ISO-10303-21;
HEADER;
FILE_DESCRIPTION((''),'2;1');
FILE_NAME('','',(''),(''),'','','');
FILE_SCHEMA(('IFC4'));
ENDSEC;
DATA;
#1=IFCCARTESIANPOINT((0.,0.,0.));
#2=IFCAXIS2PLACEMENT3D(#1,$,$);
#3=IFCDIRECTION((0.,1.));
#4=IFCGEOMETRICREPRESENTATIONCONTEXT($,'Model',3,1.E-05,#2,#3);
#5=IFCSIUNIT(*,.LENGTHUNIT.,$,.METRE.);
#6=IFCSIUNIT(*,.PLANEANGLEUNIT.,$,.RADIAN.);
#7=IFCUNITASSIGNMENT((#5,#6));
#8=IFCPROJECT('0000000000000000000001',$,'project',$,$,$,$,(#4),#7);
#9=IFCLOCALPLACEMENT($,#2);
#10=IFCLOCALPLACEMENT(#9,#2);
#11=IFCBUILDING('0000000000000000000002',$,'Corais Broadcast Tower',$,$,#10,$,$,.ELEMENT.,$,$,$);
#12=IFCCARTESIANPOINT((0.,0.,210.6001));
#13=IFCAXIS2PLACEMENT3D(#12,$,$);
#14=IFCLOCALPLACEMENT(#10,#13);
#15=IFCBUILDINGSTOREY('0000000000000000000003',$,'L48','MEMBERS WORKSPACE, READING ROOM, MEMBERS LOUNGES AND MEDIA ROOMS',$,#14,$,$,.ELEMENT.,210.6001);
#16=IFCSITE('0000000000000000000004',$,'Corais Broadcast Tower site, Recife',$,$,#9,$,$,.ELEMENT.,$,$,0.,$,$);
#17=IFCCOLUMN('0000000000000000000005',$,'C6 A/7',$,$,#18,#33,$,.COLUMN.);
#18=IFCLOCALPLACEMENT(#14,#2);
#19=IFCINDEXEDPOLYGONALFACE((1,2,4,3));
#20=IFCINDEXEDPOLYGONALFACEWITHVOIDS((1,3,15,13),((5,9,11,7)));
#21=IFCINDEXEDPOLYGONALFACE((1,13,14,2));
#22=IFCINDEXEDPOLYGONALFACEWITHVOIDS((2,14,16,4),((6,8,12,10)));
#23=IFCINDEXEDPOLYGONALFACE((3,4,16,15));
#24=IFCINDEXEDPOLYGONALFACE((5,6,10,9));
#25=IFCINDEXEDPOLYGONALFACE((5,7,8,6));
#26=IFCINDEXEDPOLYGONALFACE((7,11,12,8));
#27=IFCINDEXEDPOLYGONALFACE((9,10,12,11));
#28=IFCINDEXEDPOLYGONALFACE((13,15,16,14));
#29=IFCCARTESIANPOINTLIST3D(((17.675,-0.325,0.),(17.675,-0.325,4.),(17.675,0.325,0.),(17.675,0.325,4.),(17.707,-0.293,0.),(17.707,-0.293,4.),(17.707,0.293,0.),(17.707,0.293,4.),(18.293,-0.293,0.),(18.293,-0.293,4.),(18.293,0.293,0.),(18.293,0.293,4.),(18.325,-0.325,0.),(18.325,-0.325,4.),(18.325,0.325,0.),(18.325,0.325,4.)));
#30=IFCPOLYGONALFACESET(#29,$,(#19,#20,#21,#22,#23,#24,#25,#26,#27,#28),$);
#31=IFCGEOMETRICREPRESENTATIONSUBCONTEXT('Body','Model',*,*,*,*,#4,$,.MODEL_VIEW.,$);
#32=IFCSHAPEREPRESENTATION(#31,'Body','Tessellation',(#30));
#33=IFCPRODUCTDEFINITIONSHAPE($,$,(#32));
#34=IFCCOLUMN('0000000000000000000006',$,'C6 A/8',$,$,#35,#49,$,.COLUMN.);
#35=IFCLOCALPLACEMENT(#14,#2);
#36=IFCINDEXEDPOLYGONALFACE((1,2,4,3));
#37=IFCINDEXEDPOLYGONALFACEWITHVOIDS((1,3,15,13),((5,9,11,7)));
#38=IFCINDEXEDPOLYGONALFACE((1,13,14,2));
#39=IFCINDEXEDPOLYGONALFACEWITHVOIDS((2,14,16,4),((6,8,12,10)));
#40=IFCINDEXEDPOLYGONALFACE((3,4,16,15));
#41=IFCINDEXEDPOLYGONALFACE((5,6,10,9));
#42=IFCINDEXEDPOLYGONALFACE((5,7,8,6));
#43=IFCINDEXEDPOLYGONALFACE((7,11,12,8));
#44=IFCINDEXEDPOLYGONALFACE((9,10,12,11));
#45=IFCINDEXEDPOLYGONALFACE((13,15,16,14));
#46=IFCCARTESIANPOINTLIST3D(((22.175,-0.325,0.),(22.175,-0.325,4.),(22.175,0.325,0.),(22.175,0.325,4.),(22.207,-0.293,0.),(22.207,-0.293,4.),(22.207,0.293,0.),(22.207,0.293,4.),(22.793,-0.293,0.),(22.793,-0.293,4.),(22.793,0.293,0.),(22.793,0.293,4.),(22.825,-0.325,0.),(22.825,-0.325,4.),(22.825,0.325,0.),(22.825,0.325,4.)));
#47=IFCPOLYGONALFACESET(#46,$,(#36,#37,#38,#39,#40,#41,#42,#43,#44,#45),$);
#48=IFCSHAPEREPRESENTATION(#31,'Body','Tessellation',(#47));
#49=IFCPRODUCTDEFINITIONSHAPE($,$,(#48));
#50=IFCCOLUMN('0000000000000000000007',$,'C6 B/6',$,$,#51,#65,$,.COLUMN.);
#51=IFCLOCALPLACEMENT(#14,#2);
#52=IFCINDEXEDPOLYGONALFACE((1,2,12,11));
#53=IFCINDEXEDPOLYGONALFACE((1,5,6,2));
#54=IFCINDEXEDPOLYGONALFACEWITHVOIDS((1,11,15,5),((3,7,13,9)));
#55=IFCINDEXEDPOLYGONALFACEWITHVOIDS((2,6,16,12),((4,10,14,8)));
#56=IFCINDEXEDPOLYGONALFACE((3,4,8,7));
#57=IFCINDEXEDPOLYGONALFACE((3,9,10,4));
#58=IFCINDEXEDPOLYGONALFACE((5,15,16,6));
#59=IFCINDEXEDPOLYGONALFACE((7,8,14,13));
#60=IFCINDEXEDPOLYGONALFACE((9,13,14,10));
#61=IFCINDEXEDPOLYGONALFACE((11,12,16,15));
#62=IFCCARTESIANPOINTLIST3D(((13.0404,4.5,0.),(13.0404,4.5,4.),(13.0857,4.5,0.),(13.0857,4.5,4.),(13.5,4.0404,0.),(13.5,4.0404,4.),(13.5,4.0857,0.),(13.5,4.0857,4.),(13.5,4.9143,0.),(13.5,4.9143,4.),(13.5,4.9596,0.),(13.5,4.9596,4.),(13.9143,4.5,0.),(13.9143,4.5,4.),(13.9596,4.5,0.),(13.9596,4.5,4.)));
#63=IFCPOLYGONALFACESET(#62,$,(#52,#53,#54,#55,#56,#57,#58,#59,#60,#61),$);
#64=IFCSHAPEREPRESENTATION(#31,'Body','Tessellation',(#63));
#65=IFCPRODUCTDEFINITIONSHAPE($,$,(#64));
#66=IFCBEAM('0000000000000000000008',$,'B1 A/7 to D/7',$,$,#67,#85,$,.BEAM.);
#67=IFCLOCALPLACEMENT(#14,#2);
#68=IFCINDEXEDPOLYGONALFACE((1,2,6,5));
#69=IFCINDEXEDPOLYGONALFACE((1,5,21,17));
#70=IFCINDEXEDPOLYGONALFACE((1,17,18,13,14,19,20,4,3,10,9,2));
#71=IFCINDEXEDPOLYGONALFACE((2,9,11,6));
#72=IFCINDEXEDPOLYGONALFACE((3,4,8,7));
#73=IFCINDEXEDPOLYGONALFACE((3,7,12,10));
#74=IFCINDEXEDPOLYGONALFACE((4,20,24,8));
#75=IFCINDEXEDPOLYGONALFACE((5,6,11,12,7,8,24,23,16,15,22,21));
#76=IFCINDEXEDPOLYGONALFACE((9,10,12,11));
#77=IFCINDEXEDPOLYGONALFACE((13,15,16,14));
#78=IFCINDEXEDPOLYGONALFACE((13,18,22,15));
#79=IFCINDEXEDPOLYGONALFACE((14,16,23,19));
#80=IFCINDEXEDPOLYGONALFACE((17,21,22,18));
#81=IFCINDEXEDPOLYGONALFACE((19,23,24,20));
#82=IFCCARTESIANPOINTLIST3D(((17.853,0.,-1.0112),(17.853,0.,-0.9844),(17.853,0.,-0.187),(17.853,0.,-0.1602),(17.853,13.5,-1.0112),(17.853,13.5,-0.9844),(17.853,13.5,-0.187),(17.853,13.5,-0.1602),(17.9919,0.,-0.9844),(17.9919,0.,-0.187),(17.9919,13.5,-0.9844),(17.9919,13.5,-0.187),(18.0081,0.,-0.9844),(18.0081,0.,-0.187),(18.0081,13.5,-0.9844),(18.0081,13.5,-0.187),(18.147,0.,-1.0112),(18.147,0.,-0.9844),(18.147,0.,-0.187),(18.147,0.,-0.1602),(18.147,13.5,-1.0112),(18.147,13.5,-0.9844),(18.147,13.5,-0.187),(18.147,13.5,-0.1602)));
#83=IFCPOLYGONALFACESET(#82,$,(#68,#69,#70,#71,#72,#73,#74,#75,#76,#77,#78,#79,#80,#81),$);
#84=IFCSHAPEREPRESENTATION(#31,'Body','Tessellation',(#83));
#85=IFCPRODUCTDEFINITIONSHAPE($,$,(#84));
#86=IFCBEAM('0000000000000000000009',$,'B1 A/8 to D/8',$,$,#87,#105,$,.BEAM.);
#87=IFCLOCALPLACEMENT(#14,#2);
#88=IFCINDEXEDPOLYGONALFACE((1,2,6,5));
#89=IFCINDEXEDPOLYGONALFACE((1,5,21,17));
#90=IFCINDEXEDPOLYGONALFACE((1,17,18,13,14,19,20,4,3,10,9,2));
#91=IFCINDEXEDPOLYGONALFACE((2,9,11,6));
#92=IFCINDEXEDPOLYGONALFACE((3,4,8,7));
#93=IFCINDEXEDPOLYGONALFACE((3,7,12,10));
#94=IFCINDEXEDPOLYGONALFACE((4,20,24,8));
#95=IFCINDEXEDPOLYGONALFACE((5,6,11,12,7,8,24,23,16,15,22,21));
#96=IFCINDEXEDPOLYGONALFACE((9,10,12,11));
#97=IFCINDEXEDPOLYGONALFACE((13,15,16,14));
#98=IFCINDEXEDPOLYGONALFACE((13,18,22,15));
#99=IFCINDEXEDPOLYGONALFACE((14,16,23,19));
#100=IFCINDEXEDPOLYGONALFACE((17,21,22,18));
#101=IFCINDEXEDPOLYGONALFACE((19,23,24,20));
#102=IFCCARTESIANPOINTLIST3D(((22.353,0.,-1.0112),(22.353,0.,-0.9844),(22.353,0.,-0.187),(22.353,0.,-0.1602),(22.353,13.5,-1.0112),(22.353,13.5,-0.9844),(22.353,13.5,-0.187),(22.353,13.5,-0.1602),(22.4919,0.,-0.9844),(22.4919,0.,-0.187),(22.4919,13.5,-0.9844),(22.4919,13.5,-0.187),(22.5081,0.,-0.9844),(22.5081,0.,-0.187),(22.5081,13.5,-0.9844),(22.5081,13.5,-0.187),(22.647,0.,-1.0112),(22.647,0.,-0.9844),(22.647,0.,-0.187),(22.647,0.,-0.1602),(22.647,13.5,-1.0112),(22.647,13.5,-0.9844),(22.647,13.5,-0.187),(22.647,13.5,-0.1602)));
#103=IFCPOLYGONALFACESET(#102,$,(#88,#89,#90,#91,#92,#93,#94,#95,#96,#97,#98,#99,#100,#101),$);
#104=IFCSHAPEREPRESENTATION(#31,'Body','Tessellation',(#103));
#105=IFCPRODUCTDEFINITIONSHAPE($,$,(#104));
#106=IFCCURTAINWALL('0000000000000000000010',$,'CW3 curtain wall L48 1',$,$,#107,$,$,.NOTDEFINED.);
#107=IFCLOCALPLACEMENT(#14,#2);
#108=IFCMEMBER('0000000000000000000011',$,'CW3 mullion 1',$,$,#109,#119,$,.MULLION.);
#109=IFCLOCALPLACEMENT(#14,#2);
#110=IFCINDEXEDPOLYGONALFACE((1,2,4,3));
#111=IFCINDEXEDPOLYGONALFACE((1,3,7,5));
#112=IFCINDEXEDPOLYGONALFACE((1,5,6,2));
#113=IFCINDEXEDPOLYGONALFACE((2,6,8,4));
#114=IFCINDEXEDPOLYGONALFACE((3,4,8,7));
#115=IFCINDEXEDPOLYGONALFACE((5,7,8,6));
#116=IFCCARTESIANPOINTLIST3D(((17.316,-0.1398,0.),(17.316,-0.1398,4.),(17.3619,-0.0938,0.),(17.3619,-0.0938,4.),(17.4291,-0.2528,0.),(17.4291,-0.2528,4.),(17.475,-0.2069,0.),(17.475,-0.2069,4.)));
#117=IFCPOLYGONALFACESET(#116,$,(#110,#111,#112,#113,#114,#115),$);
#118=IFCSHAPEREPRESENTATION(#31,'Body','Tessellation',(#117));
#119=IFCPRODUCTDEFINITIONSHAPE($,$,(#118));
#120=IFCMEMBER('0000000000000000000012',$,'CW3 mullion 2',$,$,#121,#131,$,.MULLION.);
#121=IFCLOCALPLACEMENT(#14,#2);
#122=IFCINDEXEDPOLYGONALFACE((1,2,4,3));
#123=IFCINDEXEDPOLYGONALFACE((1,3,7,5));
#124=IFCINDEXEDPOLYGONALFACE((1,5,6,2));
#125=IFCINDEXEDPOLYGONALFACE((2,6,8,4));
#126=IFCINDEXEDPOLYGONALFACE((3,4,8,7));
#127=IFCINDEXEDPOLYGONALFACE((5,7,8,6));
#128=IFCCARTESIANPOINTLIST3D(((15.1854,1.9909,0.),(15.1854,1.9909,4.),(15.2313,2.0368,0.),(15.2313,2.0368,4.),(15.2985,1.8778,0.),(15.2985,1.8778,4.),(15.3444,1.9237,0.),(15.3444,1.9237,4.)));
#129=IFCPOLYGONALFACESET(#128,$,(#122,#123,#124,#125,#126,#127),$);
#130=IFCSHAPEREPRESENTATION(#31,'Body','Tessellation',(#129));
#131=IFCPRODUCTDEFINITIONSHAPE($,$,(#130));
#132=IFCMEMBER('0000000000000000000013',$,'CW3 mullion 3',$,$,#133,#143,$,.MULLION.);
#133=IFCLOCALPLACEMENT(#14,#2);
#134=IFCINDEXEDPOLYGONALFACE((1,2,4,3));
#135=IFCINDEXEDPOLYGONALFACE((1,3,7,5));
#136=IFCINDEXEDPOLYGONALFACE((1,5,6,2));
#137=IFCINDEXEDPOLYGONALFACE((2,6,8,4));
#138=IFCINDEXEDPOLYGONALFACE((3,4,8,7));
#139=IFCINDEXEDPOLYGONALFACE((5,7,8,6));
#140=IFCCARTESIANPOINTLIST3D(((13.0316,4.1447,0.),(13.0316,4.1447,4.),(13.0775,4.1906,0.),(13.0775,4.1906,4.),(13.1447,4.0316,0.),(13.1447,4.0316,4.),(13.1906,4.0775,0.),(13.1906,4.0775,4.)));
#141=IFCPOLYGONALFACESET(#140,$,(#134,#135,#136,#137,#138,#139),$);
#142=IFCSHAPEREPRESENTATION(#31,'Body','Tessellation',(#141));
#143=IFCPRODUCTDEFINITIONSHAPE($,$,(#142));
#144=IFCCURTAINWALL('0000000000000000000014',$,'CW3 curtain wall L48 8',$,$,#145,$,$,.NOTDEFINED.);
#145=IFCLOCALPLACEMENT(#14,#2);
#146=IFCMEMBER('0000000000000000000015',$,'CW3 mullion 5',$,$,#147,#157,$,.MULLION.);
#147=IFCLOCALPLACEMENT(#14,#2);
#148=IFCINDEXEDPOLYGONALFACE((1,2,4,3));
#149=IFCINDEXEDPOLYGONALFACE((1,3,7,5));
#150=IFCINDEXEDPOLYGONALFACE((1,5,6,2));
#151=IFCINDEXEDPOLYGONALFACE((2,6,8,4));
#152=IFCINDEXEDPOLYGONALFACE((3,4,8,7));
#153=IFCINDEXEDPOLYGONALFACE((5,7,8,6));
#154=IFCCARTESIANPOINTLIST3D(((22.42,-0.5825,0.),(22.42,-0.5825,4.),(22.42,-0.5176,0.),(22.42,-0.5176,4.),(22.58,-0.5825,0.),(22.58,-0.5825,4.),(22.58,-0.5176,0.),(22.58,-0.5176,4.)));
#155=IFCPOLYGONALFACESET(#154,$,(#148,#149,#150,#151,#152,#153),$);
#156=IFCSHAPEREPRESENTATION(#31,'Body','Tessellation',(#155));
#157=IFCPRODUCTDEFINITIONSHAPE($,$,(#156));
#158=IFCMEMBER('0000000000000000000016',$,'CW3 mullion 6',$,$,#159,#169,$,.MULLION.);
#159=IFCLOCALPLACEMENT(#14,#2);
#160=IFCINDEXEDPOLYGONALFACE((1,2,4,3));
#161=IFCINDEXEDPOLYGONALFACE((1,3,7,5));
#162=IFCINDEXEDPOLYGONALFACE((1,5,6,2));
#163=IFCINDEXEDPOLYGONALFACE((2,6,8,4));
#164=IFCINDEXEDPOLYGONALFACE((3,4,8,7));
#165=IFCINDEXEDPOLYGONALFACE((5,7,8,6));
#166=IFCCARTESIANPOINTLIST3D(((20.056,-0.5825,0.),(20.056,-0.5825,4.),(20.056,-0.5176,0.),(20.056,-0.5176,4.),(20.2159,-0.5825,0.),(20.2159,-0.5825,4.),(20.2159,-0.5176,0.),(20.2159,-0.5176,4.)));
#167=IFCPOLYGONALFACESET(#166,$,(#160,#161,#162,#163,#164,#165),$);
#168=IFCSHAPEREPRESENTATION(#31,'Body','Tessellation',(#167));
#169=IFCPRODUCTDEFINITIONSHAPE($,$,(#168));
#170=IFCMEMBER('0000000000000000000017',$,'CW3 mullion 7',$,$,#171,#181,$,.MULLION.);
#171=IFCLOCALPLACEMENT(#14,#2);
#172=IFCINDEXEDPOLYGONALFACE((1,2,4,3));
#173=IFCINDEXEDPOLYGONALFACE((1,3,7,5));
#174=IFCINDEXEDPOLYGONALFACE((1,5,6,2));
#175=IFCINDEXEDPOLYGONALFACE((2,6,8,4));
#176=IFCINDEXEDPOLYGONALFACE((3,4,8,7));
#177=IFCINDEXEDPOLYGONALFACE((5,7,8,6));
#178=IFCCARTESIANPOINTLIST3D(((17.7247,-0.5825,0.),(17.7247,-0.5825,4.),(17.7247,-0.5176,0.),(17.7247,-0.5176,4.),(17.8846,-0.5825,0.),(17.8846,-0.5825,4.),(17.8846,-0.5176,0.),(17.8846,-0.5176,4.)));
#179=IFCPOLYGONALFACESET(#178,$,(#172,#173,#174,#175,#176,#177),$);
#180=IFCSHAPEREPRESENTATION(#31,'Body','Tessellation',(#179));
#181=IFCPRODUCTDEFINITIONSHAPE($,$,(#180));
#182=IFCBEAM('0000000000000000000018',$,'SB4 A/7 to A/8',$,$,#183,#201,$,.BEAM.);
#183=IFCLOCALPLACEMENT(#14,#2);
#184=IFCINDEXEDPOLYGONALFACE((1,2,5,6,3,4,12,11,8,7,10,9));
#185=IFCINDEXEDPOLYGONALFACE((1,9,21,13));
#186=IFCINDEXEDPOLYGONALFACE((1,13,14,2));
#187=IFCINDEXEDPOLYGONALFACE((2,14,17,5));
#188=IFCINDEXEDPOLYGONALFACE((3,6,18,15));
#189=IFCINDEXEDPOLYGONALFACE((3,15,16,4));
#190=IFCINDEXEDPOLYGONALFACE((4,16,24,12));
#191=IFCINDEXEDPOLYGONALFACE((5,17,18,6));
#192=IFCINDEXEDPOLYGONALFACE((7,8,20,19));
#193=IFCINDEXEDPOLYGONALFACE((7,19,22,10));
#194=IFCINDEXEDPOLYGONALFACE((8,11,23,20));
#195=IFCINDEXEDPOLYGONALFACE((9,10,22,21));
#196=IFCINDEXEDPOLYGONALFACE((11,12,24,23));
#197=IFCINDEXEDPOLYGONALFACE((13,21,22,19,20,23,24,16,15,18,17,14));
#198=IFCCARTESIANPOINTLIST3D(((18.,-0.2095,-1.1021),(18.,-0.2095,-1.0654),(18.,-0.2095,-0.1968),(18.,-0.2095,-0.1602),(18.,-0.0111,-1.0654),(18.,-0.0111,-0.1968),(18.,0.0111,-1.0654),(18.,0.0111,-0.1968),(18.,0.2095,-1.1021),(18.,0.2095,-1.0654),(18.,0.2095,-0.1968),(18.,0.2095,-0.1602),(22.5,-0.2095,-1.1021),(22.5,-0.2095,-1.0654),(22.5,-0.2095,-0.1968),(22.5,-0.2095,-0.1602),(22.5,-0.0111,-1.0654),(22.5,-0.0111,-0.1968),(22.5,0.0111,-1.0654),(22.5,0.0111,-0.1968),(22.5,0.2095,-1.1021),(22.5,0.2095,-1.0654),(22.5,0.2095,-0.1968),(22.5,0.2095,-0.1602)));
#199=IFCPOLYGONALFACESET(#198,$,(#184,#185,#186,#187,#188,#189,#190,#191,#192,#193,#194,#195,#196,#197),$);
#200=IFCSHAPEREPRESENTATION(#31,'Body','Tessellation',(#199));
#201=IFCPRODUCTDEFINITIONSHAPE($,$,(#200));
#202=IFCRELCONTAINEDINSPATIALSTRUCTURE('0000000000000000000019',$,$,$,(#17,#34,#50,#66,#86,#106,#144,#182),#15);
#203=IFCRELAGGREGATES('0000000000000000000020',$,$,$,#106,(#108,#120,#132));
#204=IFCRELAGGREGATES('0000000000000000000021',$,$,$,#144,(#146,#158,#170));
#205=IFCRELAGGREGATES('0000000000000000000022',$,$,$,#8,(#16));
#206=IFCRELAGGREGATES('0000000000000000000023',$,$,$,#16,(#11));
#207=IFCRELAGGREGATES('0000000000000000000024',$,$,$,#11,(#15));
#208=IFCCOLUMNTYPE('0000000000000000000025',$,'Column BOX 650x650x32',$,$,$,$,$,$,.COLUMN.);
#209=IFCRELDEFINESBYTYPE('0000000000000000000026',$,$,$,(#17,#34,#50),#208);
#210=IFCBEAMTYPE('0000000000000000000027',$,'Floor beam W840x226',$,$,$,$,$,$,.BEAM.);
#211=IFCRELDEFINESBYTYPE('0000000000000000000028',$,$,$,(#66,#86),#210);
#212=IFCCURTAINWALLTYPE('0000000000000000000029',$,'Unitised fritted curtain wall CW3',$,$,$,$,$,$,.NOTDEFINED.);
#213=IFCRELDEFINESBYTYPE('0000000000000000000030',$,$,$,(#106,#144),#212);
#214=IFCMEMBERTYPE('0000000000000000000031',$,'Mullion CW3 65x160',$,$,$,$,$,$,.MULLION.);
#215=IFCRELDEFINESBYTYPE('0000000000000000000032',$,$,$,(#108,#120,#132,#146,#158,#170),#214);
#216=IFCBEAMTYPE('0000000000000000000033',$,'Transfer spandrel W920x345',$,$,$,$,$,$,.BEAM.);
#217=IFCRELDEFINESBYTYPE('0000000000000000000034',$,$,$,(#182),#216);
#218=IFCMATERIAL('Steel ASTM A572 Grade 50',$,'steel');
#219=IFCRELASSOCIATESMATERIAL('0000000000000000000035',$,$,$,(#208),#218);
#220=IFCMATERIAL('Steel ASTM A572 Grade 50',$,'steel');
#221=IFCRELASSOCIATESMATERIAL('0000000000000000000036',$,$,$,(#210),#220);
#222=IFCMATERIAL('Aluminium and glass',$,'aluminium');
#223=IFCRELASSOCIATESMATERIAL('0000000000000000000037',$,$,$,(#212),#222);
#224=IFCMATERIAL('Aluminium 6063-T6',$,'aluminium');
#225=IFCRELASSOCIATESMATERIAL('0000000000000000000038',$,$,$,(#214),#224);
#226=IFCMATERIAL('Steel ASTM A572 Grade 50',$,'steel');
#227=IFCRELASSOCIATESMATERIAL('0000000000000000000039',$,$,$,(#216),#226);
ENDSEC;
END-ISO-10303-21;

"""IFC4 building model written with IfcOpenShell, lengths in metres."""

from ifc_helpers import new_model, si_unit, direction, frame, origin, origin_2d, place, context, subcontext, project, spatial, rectangle, hollow_rectangle, i_section, extrude, material, material_profile, profile_set, type_object, element, aggregate, save


model = new_model("IFC4")

# Units and contexts
model_context = context("Model", 3, precision=1e-05, world=origin(), true_north=direction((0.0, 1.0)))
body_context = subcontext(model_context, "Body", "Model", "MODEL_VIEW")
ifc_project = project(units=[si_unit("LENGTHUNIT", "METRE"), si_unit("PLANEANGLEUNIT", "RADIAN")], contexts=[model_context])

# Site, building, storey
site_placement = place(None, origin())
site = spatial("IfcSite", under=ifc_project, at=site_placement, Name="Corais Broadcast Tower site, Recife", CompositionType="ELEMENT", RefElevation=0.0)
building_placement = place(site_placement, origin())
building = spatial("IfcBuilding", under=site, at=building_placement, Name="Corais Broadcast Tower", CompositionType="ELEMENT")
storey_placement = place(building_placement, frame((0.0, 0.0, 210.6001)))
storey = spatial("IfcBuildingStorey", under=building, at=storey_placement, Name="L48", Description="MEMBERS WORKSPACE, READING ROOM, MEMBERS LOUNGES AND MEDIA ROOMS", CompositionType="ELEMENT", Elevation=210.6001)

# Columns
ifc_material_1 = material(Name="Steel ASTM A572 Grade 50", Category="steel")
ifc_material_profile_1 = material_profile(ifc_material_1, hollow_rectangle(XDim=0.6499, YDim=0.6499, WallThickness=0.032, at=origin_2d()), Name="BOX 650x650x32")
ifc_profile_set_1 = profile_set([ifc_material_profile_1], Name="Steel ASTM A572 Grade 50")
column_type = type_object("IfcColumnType", Name="Column BOX 650x650x32", PredefinedType="COLUMN", material=ifc_profile_set_1)
for number, where, z_axis, x_axis, name in (
    (1, (18.0, 0.0, 0.0), (0.0, 0.0, 1.0), (1.0, 0.0, 0.0), "C6 A/7"),
    (2, (22.5, 0.0, 0.0), (0.0, 0.0, 1.0), (1.0, 0.0, 0.0), "C6 A/8"),
    (3, (13.5, 4.5, 0.0), (0.0, 0.0, 1.0), (0.707107, 0.707107, 0.0), "C6 B/6"),
):
    element("IfcColumn", number, at=place(storey_placement, frame(where, z_axis=z_axis, x_axis=x_axis)), inside=storey, type_object=column_type, Name=name, PredefinedType="COLUMN", context=body_context, shape_type="SweptSolid", body=[
        extrude(hollow_rectangle(XDim=0.6499, YDim=0.6499, WallThickness=0.032, at=origin_2d()), origin(), (0.0, 0.0, 1.0), 4.0),
    ])

# Beams
ifc_material_2 = material(Name="Steel ASTM A572 Grade 50", Category="steel")
ifc_material_profile_2 = material_profile(ifc_material_2, i_section(OverallWidth=0.2939, OverallDepth=0.8511, WebThickness=0.0161, FlangeThickness=0.0269, at=origin_2d()), Name="W840x226")
ifc_profile_set_2 = profile_set([ifc_material_profile_2], Name="Steel ASTM A572 Grade 50")
beam_type_1 = type_object("IfcBeamType", Name="Floor beam W840x226", PredefinedType="BEAM", material=ifc_profile_set_2)
for number, where, z_axis, x_axis, name in (
    (4, (18.0, 0.0, -0.5857), (0.0, 1.0, 0.0), (-1.0, 0.0, 0.0), "B1 A/7 to D/7"),
    (5, (22.5, 0.0, -0.5857), (0.0, 1.0, 0.0), (-1.0, 0.0, 0.0), "B1 A/8 to D/8"),
):
    element("IfcBeam", number, at=place(storey_placement, frame(where, z_axis=z_axis, x_axis=x_axis)), inside=storey, type_object=beam_type_1, Name=name, PredefinedType="BEAM", context=body_context, shape_type="SweptSolid", body=[
        extrude(i_section(OverallWidth=0.2939, OverallDepth=0.8511, WebThickness=0.0161, FlangeThickness=0.0269, at=origin_2d()), origin(), (0.0, 0.0, 1.0), 13.5),
    ])

# Curtain walls, members
ifc_material_3 = material(Name="Aluminium and glass", Category="aluminium")
curtain_wall_type = type_object("IfcCurtainWallType", Name="Unitised fritted curtain wall CW3", PredefinedType="NOTDEFINED", material=ifc_material_3)
curtain_wall_1_placement = place(storey_placement, origin())
curtain_wall_1 = element("IfcCurtainWall", 6, at=curtain_wall_1_placement, inside=storey, type_object=curtain_wall_type, Name="CW3 curtain wall L48 1", PredefinedType="NOTDEFINED")
ifc_material_4 = material(Name="Aluminium 6063-T6", Category="aluminium")
ifc_material_profile_3 = material_profile(ifc_material_4, rectangle(XDim=0.0649, YDim=0.1599, at=origin_2d()), Name="Mullion CW3 65x160")
ifc_profile_set_3 = profile_set([ifc_material_profile_3], Name="Aluminium 6063-T6")
member_type_1 = type_object("IfcMemberType", Name="Mullion CW3 65x160", PredefinedType="MULLION", material=ifc_profile_set_3)
member_1_placement = place(storey_placement, frame((17.3955, -0.1733, 0.0), z_axis=(0.0, 0.0, 1.0), x_axis=(-0.707107, -0.707107, 0.0)))
member_1 = element("IfcMember", 7, at=member_1_placement, type_object=member_type_1, Name="CW3 mullion 1", PredefinedType="MULLION", context=body_context, shape_type="SweptSolid", body=[
    extrude(rectangle(XDim=0.0649, YDim=0.1599, at=origin_2d()), origin(), (0.0, 0.0, 1.0), 4.0),
])
member_2_placement = place(storey_placement, frame((15.2649, 1.9573, 0.0), z_axis=(0.0, 0.0, 1.0), x_axis=(-0.707107, -0.707107, 0.0)))
member_2 = element("IfcMember", 8, at=member_2_placement, type_object=member_type_1, Name="CW3 mullion 2", PredefinedType="MULLION", context=body_context, shape_type="SweptSolid", body=[
    extrude(rectangle(XDim=0.0649, YDim=0.1599, at=origin_2d()), origin(), (0.0, 0.0, 1.0), 4.0),
])
member_3_placement = place(storey_placement, frame((13.1111, 4.1111, 0.0), z_axis=(0.0, 0.0, 1.0), x_axis=(-0.707107, -0.707107, 0.0)))
member_3 = element("IfcMember", 9, at=member_3_placement, type_object=member_type_1, Name="CW3 mullion 3", PredefinedType="MULLION", context=body_context, shape_type="SweptSolid", body=[
    extrude(rectangle(XDim=0.0649, YDim=0.1599, at=origin_2d()), origin(), (0.0, 0.0, 1.0), 4.0),
])
curtain_wall_2_placement = place(storey_placement, origin())
curtain_wall_2 = element("IfcCurtainWall", 10, at=curtain_wall_2_placement, inside=storey, type_object=curtain_wall_type, Name="CW3 curtain wall L48 8", PredefinedType="NOTDEFINED")
member_4_placement = place(storey_placement, frame((22.5, -0.55, 0.0), z_axis=(0.0, 0.0, 1.0), x_axis=(0.0, -1.0, 0.0)))
member_4 = element("IfcMember", 11, at=member_4_placement, type_object=member_type_1, Name="CW3 mullion 5", PredefinedType="MULLION", context=body_context, shape_type="SweptSolid", body=[
    extrude(rectangle(XDim=0.0649, YDim=0.1599, at=origin_2d()), origin(), (0.0, 0.0, 1.0), 4.0),
])
member_5_placement = place(storey_placement, frame((20.136, -0.55, 0.0), z_axis=(0.0, 0.0, 1.0), x_axis=(0.0, -1.0, 0.0)))
member_5 = element("IfcMember", 12, at=member_5_placement, type_object=member_type_1, Name="CW3 mullion 6", PredefinedType="MULLION", context=body_context, shape_type="SweptSolid", body=[
    extrude(rectangle(XDim=0.0649, YDim=0.1599, at=origin_2d()), origin(), (0.0, 0.0, 1.0), 4.0),
])
member_6_placement = place(storey_placement, frame((17.8047, -0.55, 0.0), z_axis=(0.0, 0.0, 1.0), x_axis=(0.0, -1.0, 0.0)))
member_6 = element("IfcMember", 13, at=member_6_placement, type_object=member_type_1, Name="CW3 mullion 7", PredefinedType="MULLION", context=body_context, shape_type="SweptSolid", body=[
    extrude(rectangle(XDim=0.0649, YDim=0.1599, at=origin_2d()), origin(), (0.0, 0.0, 1.0), 4.0),
])

# Beam
ifc_material_5 = material(Name="Steel ASTM A572 Grade 50", Category="steel")
ifc_material_profile_4 = material_profile(ifc_material_5, i_section(OverallWidth=0.4189, OverallDepth=0.9419, WebThickness=0.0222, FlangeThickness=0.0366, at=origin_2d()), Name="W920x345")
ifc_profile_set_4 = profile_set([ifc_material_profile_4], Name="Steel ASTM A572 Grade 50")
beam_type_2 = type_object("IfcBeamType", Name="Transfer spandrel W920x345", PredefinedType="BEAM", material=ifc_profile_set_4)
for number, where, z_axis, x_axis, name in (
    (14, (18.0, 0.0, -0.6311), (1.0, 0.0, 0.0), (0.0, 1.0, 0.0), "SB4 A/7 to A/8"),
):
    element("IfcBeam", number, at=place(storey_placement, frame(where, z_axis=z_axis, x_axis=x_axis)), inside=storey, type_object=beam_type_2, Name=name, PredefinedType="BEAM", context=body_context, shape_type="SweptSolid", body=[
        extrude(i_section(OverallWidth=0.4189, OverallDepth=0.9419, WebThickness=0.0222, FlangeThickness=0.0366, at=origin_2d()), origin(), (0.0, 0.0, 1.0), 4.5),
    ])

aggregate(curtain_wall_1, [member_1, member_2, member_3])
aggregate(curtain_wall_2, [member_4, member_5, member_6])

save(model, "model.ifc")
